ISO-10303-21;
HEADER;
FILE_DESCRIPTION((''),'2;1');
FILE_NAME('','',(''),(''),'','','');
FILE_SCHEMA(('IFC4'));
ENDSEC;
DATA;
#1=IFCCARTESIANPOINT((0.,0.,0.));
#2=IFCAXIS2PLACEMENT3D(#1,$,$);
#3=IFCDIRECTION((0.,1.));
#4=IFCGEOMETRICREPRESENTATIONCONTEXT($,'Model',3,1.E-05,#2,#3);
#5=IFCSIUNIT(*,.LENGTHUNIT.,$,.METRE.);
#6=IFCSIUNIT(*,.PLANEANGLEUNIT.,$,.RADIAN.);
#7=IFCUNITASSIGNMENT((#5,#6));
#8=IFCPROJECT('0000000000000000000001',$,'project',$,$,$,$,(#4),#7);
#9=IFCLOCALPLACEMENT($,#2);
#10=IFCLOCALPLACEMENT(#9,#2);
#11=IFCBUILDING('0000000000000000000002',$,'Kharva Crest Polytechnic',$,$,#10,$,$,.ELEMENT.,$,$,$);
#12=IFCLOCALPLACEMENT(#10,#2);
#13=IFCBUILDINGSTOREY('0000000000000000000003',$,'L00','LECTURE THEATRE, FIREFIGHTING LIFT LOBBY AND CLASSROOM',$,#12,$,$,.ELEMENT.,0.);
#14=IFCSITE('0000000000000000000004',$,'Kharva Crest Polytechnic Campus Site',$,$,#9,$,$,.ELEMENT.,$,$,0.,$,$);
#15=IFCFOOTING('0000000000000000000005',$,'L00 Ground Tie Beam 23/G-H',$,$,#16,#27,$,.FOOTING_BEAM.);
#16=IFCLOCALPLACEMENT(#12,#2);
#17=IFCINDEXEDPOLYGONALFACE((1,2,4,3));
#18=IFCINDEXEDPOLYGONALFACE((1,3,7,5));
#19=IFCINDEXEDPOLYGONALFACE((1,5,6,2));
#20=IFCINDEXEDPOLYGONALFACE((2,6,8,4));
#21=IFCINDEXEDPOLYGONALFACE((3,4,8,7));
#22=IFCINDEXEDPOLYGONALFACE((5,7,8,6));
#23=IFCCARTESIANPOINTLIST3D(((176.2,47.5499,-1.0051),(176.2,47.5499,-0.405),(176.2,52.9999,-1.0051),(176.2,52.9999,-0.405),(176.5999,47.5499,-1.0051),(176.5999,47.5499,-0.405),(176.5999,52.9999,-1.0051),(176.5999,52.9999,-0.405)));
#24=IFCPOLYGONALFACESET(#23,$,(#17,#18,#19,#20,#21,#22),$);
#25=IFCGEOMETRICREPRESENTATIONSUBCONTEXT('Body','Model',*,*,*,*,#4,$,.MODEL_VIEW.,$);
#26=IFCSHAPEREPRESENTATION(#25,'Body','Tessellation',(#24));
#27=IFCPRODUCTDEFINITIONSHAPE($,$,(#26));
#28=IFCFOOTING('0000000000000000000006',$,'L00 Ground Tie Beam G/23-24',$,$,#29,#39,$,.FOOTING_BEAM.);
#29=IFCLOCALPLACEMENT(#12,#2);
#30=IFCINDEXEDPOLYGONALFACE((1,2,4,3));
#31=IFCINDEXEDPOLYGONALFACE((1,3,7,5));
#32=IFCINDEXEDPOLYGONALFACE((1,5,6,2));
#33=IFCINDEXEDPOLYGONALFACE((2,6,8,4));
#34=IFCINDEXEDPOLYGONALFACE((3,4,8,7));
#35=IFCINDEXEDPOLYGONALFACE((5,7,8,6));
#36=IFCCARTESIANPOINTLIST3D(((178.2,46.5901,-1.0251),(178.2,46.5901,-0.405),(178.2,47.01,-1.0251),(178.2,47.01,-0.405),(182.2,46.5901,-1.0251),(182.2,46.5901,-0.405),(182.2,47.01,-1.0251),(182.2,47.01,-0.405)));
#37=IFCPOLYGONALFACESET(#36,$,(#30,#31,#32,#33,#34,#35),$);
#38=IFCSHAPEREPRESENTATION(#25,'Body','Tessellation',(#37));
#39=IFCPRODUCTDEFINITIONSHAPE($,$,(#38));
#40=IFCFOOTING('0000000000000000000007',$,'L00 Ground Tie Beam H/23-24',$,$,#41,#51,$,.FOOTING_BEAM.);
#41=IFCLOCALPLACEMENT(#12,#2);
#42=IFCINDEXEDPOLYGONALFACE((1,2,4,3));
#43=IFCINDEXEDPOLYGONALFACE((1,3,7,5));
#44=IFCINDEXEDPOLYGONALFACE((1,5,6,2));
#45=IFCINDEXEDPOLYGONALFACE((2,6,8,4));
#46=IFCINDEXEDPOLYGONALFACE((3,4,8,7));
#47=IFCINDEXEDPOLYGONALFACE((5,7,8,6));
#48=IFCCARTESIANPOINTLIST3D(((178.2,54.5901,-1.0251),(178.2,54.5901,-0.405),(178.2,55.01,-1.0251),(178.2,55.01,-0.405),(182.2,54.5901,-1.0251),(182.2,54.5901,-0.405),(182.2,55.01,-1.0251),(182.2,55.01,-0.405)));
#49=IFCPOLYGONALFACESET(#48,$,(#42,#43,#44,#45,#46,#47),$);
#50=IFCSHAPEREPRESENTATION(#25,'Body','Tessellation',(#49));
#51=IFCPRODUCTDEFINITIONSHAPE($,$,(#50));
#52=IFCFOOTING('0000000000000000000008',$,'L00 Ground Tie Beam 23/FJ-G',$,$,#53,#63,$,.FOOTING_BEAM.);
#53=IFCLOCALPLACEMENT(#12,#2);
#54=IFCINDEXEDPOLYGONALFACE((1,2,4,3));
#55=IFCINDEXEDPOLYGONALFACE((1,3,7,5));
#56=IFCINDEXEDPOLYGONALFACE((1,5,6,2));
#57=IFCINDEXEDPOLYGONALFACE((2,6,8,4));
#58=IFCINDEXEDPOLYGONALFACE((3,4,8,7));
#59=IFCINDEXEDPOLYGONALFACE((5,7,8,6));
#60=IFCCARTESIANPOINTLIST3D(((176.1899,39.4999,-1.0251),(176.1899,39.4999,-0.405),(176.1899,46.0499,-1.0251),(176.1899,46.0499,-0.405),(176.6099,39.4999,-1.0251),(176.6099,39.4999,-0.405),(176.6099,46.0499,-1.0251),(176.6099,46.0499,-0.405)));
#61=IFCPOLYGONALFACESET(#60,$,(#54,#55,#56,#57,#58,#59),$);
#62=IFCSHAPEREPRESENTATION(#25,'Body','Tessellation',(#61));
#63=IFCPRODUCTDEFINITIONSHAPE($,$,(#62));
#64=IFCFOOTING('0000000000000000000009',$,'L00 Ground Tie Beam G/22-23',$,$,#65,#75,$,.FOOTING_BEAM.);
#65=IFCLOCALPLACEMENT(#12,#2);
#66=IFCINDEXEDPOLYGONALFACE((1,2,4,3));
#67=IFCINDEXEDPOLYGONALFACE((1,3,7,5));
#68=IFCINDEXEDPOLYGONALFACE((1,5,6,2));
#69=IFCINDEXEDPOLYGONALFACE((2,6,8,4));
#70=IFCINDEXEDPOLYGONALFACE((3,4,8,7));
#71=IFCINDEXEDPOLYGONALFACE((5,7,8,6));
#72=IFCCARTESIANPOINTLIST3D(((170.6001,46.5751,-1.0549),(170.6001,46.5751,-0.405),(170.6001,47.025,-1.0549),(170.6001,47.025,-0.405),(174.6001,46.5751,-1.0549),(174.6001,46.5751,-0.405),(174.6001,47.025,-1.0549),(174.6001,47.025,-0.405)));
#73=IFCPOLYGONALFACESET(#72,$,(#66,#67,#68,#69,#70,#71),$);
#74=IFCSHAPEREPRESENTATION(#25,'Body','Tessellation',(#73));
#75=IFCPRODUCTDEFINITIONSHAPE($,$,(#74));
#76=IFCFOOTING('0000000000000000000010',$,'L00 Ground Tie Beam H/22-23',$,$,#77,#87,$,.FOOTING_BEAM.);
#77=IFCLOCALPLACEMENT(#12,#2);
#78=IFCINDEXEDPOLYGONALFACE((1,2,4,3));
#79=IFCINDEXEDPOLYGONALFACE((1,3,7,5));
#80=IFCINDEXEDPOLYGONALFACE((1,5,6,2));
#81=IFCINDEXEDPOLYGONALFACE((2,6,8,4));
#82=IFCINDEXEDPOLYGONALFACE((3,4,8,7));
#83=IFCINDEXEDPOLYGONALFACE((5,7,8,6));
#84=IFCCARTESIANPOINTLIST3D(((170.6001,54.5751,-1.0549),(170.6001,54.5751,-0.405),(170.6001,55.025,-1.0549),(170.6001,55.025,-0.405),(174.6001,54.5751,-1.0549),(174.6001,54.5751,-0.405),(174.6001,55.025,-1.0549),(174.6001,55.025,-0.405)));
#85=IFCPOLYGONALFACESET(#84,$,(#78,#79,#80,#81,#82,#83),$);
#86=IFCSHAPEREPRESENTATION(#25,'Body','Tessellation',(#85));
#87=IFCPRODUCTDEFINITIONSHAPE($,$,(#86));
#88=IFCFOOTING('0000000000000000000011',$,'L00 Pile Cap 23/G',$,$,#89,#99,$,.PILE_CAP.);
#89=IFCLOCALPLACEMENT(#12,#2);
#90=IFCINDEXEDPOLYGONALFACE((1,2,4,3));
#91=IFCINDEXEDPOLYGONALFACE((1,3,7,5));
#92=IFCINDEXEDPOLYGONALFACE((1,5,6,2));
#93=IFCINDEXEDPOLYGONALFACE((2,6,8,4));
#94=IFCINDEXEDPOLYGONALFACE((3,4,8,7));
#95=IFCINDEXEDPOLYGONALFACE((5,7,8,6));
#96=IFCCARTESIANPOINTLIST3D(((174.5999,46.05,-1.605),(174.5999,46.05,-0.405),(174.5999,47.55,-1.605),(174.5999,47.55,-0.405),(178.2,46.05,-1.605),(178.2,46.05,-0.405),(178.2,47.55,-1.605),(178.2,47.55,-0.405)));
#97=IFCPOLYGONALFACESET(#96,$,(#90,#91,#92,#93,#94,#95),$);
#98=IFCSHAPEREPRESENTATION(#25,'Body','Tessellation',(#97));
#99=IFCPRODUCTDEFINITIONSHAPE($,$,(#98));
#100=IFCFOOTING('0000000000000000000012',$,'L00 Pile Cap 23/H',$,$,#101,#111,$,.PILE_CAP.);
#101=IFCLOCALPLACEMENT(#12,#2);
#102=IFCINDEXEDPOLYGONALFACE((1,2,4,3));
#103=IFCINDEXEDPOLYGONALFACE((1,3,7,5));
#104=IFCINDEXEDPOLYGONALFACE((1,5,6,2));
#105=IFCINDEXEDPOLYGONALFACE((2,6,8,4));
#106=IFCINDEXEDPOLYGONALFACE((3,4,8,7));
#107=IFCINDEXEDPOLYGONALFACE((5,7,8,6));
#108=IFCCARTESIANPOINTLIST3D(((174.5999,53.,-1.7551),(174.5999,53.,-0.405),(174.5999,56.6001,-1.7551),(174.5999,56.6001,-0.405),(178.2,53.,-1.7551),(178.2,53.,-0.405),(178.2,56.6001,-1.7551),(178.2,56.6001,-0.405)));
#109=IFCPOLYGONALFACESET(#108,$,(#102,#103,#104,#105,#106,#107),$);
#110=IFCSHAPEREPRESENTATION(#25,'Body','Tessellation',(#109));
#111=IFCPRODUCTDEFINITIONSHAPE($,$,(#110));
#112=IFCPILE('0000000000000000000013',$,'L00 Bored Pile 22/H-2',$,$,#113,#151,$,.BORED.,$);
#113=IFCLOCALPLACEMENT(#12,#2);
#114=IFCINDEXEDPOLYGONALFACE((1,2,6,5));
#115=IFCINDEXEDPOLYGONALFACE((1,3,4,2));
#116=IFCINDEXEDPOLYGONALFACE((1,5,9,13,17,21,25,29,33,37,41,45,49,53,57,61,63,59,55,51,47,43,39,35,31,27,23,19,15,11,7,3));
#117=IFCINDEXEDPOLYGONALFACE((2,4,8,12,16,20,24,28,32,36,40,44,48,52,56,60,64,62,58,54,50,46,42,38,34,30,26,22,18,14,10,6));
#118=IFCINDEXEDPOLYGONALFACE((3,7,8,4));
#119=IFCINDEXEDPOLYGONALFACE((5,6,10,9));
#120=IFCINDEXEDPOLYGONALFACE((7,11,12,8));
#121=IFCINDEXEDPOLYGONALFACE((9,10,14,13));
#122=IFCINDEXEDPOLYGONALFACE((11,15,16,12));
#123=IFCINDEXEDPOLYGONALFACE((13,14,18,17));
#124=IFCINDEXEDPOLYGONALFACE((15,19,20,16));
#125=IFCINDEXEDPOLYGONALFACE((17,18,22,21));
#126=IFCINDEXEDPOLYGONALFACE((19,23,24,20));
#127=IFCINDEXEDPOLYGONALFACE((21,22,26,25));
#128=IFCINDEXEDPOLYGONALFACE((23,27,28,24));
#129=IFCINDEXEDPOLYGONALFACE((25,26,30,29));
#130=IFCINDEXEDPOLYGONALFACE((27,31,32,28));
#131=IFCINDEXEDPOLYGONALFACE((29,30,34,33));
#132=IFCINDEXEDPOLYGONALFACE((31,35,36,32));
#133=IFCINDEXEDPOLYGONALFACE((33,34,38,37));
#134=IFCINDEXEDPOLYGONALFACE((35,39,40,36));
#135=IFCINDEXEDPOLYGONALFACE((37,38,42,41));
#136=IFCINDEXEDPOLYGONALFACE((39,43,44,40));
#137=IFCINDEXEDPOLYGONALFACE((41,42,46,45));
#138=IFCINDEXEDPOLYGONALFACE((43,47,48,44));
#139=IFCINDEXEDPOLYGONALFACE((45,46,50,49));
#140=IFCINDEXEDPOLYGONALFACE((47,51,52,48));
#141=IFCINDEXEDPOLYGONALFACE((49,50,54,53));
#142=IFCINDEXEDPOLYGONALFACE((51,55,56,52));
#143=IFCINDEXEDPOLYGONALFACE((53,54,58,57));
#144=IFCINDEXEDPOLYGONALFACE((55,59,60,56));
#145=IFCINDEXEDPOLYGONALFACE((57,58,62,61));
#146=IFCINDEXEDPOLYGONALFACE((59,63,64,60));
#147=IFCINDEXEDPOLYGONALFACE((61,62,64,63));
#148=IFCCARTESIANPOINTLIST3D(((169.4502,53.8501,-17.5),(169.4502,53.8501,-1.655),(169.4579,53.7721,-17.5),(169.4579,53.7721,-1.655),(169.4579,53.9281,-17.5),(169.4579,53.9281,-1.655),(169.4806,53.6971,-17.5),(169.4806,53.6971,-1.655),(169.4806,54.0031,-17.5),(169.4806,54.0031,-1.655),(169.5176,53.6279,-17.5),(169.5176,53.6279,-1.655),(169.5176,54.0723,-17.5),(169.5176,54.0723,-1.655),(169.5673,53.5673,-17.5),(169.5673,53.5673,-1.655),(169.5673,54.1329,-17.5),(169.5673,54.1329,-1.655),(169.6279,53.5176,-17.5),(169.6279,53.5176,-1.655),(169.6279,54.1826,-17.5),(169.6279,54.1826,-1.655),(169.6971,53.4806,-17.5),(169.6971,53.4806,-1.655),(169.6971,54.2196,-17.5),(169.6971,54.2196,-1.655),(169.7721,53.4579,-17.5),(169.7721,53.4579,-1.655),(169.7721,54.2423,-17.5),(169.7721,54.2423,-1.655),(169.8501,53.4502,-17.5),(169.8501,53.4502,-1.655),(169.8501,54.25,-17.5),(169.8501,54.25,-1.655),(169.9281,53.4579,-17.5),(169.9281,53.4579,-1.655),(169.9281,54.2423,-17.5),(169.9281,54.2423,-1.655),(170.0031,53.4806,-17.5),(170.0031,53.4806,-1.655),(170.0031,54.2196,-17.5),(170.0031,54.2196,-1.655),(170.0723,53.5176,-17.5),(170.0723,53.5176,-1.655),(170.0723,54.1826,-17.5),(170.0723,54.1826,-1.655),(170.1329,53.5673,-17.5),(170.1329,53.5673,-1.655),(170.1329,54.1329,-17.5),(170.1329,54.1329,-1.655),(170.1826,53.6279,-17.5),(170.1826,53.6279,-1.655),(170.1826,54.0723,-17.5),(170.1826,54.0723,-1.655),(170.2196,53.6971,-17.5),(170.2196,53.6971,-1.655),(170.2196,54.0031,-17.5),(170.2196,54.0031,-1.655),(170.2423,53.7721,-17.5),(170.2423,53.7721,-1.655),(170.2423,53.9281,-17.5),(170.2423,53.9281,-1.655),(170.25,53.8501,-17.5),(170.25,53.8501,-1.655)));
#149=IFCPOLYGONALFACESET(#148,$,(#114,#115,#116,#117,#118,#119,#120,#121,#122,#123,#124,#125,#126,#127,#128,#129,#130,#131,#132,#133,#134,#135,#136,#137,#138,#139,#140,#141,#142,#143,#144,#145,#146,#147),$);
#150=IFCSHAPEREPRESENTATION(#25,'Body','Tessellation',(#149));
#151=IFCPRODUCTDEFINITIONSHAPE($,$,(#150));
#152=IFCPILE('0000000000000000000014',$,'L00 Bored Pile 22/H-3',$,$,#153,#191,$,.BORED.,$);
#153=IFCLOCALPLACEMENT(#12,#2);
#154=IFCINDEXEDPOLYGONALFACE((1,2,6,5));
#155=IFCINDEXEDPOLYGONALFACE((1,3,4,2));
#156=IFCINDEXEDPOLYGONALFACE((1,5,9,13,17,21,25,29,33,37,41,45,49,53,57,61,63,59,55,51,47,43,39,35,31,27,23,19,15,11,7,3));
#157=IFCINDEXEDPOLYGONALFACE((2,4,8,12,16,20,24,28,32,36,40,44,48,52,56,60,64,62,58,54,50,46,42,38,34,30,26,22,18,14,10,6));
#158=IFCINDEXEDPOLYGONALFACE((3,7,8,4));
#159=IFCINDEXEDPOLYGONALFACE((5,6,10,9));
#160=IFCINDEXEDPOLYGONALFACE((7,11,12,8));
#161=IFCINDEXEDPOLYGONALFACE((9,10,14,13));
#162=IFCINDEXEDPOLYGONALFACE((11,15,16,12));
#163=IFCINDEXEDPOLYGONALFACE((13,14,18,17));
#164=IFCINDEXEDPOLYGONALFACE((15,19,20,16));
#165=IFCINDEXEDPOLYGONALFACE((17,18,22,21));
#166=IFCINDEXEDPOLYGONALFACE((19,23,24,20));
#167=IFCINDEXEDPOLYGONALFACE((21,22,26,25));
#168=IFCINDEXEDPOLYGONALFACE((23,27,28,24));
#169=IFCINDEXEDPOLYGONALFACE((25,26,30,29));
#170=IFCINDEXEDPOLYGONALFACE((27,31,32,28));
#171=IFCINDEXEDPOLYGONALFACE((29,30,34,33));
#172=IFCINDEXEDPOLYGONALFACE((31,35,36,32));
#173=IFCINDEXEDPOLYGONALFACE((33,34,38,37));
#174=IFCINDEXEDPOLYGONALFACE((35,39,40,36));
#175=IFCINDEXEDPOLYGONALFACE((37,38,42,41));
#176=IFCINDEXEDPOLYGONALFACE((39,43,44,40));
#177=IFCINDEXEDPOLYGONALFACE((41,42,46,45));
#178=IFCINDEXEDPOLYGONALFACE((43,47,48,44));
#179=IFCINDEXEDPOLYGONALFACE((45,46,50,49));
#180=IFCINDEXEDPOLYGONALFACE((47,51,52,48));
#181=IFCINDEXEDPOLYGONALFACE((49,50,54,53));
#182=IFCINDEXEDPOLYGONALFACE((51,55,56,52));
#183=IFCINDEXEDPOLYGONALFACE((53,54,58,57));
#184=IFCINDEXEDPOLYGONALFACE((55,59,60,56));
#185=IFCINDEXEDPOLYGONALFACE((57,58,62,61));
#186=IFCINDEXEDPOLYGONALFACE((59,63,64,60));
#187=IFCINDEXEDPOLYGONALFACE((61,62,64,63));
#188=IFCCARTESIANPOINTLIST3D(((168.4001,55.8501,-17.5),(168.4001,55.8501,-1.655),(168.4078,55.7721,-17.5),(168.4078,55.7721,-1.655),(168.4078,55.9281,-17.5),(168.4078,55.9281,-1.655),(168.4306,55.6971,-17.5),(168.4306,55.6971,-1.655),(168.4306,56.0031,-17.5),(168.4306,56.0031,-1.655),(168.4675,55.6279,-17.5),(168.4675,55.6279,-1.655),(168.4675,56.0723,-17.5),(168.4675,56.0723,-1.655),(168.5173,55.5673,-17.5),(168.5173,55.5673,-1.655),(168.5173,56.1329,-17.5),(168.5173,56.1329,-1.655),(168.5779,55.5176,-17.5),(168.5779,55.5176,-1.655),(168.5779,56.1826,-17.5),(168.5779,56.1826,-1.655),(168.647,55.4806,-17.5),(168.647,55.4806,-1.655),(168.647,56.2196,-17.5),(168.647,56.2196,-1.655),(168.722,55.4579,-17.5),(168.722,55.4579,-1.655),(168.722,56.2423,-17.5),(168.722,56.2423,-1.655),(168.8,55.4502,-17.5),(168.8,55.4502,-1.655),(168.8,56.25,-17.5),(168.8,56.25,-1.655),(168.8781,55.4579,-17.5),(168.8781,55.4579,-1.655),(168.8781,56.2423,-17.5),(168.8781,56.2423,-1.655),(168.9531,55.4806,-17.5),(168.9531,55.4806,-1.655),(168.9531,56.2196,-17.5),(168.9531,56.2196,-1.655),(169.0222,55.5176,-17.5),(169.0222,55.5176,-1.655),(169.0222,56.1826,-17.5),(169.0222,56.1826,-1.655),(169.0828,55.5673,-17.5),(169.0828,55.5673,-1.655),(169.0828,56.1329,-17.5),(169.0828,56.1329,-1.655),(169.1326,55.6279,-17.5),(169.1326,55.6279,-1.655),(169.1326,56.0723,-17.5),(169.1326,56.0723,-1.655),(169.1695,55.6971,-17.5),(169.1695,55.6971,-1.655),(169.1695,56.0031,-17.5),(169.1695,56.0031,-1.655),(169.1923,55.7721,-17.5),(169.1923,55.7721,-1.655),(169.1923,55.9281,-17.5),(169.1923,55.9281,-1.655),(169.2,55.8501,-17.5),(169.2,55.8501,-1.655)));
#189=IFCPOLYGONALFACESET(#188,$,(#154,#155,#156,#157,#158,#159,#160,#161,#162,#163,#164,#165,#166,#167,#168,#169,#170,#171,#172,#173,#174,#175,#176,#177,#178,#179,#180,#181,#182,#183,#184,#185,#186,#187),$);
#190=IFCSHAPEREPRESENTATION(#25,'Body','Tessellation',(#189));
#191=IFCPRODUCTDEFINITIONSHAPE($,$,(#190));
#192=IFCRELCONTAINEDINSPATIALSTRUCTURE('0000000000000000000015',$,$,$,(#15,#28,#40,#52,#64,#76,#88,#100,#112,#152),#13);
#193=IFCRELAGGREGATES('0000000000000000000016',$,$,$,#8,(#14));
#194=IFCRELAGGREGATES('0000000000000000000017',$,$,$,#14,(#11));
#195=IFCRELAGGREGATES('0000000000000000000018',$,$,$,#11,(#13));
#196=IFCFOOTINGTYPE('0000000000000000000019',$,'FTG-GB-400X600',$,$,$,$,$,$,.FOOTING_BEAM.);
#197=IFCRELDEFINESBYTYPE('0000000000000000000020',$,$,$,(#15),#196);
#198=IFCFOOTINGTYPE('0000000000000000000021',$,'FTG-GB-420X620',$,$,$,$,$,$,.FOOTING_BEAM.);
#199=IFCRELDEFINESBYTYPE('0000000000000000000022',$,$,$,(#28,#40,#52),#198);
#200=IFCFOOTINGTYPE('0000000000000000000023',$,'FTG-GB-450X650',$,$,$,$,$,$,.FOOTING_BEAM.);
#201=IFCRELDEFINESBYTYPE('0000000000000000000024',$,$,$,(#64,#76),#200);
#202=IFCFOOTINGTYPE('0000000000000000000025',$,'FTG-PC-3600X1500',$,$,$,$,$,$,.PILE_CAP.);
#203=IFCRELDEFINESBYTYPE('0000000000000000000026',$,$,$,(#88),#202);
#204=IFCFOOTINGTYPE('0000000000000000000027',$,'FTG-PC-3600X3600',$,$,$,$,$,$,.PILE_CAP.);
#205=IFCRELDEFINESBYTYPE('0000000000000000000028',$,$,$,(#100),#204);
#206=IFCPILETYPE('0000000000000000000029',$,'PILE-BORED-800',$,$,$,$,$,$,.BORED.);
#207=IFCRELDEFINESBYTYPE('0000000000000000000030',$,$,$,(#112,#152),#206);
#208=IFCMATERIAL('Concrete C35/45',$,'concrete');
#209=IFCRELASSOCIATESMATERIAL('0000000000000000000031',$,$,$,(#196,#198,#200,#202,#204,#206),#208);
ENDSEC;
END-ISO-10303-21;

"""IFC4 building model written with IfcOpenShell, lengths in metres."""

from ifc_helpers import new_model, si_unit, direction, frame, origin, origin_2d, place, context, subcontext, project, spatial, rectangle, circle, extrude, material, material_profile, profile_set, type_object, element, save


model = new_model("IFC4")

# Units and contexts
model_context = context("Model", 3, precision=1e-05, world=origin(), true_north=direction((0.0, 1.0)))
body_context = subcontext(model_context, "Body", "Model", "MODEL_VIEW")
ifc_project = project(units=[si_unit("LENGTHUNIT", "METRE"), si_unit("PLANEANGLEUNIT", "RADIAN")], contexts=[model_context])

# Site, building, storey
site_placement = place(None, origin())
site = spatial("IfcSite", under=ifc_project, at=site_placement, Name="Kharva Crest Polytechnic Campus Site", CompositionType="ELEMENT", RefElevation=0.0)
building_placement = place(site_placement, origin())
building = spatial("IfcBuilding", under=site, at=building_placement, Name="Kharva Crest Polytechnic", CompositionType="ELEMENT")
storey_placement = place(building_placement, origin())
storey = spatial("IfcBuildingStorey", under=building, at=storey_placement, Name="L00", Description="LECTURE THEATRE, FIREFIGHTING LIFT LOBBY AND CLASSROOM", CompositionType="ELEMENT", Elevation=0.0)

# Footings
ifc_material_1 = material(Name="Concrete C35/45", Category="concrete")
footing_type_1 = type_object("IfcFootingType", Name="FTG-GB-400X600", PredefinedType="FOOTING_BEAM", material=ifc_material_1)
footing_1_placement = place(storey_placement, frame((176.3999, 50.2749, -1.0051), z_axis=(0.0, 0.0, 1.0), x_axis=(0.0, 1.0, 0.0)))
element("IfcFooting", 1, at=footing_1_placement, inside=storey, type_object=footing_type_1, Name="L00 Ground Tie Beam 23/G-H", PredefinedType="FOOTING_BEAM", context=body_context, shape_type="SweptSolid", body=[
    extrude(rectangle(XDim=5.45, YDim=0.3999, at=origin_2d()), origin(), (0.0, 0.0, 1.0), 0.6001),
])
footing_type_2 = type_object("IfcFootingType", Name="FTG-GB-420X620", PredefinedType="FOOTING_BEAM", material=ifc_material_1)
for number, where, z_axis, x_axis, name in (
    (2, (180.2, 46.8, -1.0251), (0.0, 0.0, 1.0), (1.0, 0.0, 0.0), "L00 Ground Tie Beam G/23-24"),
    (3, (180.2, 54.8, -1.0251), (0.0, 0.0, 1.0), (1.0, 0.0, 0.0), "L00 Ground Tie Beam H/23-24"),
):
    element("IfcFooting", number, at=place(storey_placement, frame(where, z_axis=z_axis, x_axis=x_axis)), inside=storey, type_object=footing_type_2, Name=name, PredefinedType="FOOTING_BEAM", context=body_context, shape_type="SweptSolid", body=[
        extrude(rectangle(XDim=4.0, YDim=0.4199, at=origin_2d()), origin(), (0.0, 0.0, 1.0), 0.6201),
    ])
footing_2_placement = place(storey_placement, frame((176.3999, 42.7749, -1.0251), z_axis=(0.0, 0.0, 1.0), x_axis=(0.0, 1.0, 0.0)))
element("IfcFooting", 4, at=footing_2_placement, inside=storey, type_object=footing_type_2, Name="L00 Ground Tie Beam 23/FJ-G", PredefinedType="FOOTING_BEAM", context=body_context, shape_type="SweptSolid", body=[
    extrude(rectangle(XDim=6.55, YDim=0.4199, at=origin_2d()), origin(), (0.0, 0.0, 1.0), 0.6201),
])
footing_type_3 = type_object("IfcFootingType", Name="FTG-GB-450X650", PredefinedType="FOOTING_BEAM", material=ifc_material_1)
for number, where, z_axis, x_axis, name in (
    (5, (172.6001, 46.8, -1.0549), (0.0, 0.0, 1.0), (1.0, 0.0, 0.0), "L00 Ground Tie Beam G/22-23"),
    (6, (172.6001, 54.8, -1.0549), (0.0, 0.0, 1.0), (1.0, 0.0, 0.0), "L00 Ground Tie Beam H/22-23"),
):
    element("IfcFooting", number, at=place(storey_placement, frame(where, z_axis=z_axis, x_axis=x_axis)), inside=storey, type_object=footing_type_3, Name=name, PredefinedType="FOOTING_BEAM", context=body_context, shape_type="SweptSolid", body=[
        extrude(rectangle(XDim=4.0, YDim=0.45, at=origin_2d()), origin(), (0.0, 0.0, 1.0), 0.6499),
    ])
footing_type_4 = type_object("IfcFootingType", Name="FTG-PC-3600X1500", PredefinedType="PILE_CAP", material=ifc_material_1)
footing_3_placement = place(storey_placement, frame((176.3999, 46.8, -1.605), z_axis=(0.0, 0.0, 1.0), x_axis=(1.0, 0.0, 0.0)))
element("IfcFooting", 7, at=footing_3_placement, inside=storey, type_object=footing_type_4, Name="L00 Pile Cap 23/G", PredefinedType="PILE_CAP", context=body_context, shape_type="SweptSolid", body=[
    extrude(rectangle(XDim=3.6001, YDim=1.5, at=origin_2d()), origin(), (0.0, 0.0, 1.0), 1.2),
])
footing_type_5 = type_object("IfcFootingType", Name="FTG-PC-3600X3600", PredefinedType="PILE_CAP", material=ifc_material_1)
footing_4_placement = place(storey_placement, frame((176.3999, 54.8, -1.7551), z_axis=(0.0, 0.0, 1.0), x_axis=(1.0, 0.0, 0.0)))
element("IfcFooting", 8, at=footing_4_placement, inside=storey, type_object=footing_type_5, Name="L00 Pile Cap 23/H", PredefinedType="PILE_CAP", context=body_context, shape_type="SweptSolid", body=[
    extrude(rectangle(XDim=3.6001, YDim=3.6001, at=origin_2d()), origin(), (0.0, 0.0, 1.0), 1.3501),
])

# Piles
ifc_material_profile_1 = material_profile(ifc_material_1, circle(Radius=0.3999, at=origin_2d()), Name="DIA 800")
ifc_profile_set_1 = profile_set([ifc_material_profile_1], Name="Concrete C35/45")
pile_type_1 = type_object("IfcPileType", Name="PILE-BORED-800", PredefinedType="BORED", material=ifc_profile_set_1)
for number, where, z_axis, x_axis, name in (
    (9, (169.8501, 53.8501, -1.655), (0.0, 0.0, -1.0), (1.0, 0.0, 0.0), "L00 Bored Pile 22/H-2"),
    (10, (168.8, 55.8501, -1.655), (0.0, 0.0, -1.0), (1.0, 0.0, 0.0), "L00 Bored Pile 22/H-3"),
):
    element("IfcPile", number, at=place(storey_placement, frame(where, z_axis=z_axis, x_axis=x_axis)), inside=storey, type_object=pile_type_1, Name=name, PredefinedType="BORED", context=body_context, shape_type="SweptSolid", body=[
        extrude(circle(Radius=0.3999, at=origin_2d()), origin(), (0.0, 0.0, 1.0), 15.845),
    ])

save(model, "model.ifc")
